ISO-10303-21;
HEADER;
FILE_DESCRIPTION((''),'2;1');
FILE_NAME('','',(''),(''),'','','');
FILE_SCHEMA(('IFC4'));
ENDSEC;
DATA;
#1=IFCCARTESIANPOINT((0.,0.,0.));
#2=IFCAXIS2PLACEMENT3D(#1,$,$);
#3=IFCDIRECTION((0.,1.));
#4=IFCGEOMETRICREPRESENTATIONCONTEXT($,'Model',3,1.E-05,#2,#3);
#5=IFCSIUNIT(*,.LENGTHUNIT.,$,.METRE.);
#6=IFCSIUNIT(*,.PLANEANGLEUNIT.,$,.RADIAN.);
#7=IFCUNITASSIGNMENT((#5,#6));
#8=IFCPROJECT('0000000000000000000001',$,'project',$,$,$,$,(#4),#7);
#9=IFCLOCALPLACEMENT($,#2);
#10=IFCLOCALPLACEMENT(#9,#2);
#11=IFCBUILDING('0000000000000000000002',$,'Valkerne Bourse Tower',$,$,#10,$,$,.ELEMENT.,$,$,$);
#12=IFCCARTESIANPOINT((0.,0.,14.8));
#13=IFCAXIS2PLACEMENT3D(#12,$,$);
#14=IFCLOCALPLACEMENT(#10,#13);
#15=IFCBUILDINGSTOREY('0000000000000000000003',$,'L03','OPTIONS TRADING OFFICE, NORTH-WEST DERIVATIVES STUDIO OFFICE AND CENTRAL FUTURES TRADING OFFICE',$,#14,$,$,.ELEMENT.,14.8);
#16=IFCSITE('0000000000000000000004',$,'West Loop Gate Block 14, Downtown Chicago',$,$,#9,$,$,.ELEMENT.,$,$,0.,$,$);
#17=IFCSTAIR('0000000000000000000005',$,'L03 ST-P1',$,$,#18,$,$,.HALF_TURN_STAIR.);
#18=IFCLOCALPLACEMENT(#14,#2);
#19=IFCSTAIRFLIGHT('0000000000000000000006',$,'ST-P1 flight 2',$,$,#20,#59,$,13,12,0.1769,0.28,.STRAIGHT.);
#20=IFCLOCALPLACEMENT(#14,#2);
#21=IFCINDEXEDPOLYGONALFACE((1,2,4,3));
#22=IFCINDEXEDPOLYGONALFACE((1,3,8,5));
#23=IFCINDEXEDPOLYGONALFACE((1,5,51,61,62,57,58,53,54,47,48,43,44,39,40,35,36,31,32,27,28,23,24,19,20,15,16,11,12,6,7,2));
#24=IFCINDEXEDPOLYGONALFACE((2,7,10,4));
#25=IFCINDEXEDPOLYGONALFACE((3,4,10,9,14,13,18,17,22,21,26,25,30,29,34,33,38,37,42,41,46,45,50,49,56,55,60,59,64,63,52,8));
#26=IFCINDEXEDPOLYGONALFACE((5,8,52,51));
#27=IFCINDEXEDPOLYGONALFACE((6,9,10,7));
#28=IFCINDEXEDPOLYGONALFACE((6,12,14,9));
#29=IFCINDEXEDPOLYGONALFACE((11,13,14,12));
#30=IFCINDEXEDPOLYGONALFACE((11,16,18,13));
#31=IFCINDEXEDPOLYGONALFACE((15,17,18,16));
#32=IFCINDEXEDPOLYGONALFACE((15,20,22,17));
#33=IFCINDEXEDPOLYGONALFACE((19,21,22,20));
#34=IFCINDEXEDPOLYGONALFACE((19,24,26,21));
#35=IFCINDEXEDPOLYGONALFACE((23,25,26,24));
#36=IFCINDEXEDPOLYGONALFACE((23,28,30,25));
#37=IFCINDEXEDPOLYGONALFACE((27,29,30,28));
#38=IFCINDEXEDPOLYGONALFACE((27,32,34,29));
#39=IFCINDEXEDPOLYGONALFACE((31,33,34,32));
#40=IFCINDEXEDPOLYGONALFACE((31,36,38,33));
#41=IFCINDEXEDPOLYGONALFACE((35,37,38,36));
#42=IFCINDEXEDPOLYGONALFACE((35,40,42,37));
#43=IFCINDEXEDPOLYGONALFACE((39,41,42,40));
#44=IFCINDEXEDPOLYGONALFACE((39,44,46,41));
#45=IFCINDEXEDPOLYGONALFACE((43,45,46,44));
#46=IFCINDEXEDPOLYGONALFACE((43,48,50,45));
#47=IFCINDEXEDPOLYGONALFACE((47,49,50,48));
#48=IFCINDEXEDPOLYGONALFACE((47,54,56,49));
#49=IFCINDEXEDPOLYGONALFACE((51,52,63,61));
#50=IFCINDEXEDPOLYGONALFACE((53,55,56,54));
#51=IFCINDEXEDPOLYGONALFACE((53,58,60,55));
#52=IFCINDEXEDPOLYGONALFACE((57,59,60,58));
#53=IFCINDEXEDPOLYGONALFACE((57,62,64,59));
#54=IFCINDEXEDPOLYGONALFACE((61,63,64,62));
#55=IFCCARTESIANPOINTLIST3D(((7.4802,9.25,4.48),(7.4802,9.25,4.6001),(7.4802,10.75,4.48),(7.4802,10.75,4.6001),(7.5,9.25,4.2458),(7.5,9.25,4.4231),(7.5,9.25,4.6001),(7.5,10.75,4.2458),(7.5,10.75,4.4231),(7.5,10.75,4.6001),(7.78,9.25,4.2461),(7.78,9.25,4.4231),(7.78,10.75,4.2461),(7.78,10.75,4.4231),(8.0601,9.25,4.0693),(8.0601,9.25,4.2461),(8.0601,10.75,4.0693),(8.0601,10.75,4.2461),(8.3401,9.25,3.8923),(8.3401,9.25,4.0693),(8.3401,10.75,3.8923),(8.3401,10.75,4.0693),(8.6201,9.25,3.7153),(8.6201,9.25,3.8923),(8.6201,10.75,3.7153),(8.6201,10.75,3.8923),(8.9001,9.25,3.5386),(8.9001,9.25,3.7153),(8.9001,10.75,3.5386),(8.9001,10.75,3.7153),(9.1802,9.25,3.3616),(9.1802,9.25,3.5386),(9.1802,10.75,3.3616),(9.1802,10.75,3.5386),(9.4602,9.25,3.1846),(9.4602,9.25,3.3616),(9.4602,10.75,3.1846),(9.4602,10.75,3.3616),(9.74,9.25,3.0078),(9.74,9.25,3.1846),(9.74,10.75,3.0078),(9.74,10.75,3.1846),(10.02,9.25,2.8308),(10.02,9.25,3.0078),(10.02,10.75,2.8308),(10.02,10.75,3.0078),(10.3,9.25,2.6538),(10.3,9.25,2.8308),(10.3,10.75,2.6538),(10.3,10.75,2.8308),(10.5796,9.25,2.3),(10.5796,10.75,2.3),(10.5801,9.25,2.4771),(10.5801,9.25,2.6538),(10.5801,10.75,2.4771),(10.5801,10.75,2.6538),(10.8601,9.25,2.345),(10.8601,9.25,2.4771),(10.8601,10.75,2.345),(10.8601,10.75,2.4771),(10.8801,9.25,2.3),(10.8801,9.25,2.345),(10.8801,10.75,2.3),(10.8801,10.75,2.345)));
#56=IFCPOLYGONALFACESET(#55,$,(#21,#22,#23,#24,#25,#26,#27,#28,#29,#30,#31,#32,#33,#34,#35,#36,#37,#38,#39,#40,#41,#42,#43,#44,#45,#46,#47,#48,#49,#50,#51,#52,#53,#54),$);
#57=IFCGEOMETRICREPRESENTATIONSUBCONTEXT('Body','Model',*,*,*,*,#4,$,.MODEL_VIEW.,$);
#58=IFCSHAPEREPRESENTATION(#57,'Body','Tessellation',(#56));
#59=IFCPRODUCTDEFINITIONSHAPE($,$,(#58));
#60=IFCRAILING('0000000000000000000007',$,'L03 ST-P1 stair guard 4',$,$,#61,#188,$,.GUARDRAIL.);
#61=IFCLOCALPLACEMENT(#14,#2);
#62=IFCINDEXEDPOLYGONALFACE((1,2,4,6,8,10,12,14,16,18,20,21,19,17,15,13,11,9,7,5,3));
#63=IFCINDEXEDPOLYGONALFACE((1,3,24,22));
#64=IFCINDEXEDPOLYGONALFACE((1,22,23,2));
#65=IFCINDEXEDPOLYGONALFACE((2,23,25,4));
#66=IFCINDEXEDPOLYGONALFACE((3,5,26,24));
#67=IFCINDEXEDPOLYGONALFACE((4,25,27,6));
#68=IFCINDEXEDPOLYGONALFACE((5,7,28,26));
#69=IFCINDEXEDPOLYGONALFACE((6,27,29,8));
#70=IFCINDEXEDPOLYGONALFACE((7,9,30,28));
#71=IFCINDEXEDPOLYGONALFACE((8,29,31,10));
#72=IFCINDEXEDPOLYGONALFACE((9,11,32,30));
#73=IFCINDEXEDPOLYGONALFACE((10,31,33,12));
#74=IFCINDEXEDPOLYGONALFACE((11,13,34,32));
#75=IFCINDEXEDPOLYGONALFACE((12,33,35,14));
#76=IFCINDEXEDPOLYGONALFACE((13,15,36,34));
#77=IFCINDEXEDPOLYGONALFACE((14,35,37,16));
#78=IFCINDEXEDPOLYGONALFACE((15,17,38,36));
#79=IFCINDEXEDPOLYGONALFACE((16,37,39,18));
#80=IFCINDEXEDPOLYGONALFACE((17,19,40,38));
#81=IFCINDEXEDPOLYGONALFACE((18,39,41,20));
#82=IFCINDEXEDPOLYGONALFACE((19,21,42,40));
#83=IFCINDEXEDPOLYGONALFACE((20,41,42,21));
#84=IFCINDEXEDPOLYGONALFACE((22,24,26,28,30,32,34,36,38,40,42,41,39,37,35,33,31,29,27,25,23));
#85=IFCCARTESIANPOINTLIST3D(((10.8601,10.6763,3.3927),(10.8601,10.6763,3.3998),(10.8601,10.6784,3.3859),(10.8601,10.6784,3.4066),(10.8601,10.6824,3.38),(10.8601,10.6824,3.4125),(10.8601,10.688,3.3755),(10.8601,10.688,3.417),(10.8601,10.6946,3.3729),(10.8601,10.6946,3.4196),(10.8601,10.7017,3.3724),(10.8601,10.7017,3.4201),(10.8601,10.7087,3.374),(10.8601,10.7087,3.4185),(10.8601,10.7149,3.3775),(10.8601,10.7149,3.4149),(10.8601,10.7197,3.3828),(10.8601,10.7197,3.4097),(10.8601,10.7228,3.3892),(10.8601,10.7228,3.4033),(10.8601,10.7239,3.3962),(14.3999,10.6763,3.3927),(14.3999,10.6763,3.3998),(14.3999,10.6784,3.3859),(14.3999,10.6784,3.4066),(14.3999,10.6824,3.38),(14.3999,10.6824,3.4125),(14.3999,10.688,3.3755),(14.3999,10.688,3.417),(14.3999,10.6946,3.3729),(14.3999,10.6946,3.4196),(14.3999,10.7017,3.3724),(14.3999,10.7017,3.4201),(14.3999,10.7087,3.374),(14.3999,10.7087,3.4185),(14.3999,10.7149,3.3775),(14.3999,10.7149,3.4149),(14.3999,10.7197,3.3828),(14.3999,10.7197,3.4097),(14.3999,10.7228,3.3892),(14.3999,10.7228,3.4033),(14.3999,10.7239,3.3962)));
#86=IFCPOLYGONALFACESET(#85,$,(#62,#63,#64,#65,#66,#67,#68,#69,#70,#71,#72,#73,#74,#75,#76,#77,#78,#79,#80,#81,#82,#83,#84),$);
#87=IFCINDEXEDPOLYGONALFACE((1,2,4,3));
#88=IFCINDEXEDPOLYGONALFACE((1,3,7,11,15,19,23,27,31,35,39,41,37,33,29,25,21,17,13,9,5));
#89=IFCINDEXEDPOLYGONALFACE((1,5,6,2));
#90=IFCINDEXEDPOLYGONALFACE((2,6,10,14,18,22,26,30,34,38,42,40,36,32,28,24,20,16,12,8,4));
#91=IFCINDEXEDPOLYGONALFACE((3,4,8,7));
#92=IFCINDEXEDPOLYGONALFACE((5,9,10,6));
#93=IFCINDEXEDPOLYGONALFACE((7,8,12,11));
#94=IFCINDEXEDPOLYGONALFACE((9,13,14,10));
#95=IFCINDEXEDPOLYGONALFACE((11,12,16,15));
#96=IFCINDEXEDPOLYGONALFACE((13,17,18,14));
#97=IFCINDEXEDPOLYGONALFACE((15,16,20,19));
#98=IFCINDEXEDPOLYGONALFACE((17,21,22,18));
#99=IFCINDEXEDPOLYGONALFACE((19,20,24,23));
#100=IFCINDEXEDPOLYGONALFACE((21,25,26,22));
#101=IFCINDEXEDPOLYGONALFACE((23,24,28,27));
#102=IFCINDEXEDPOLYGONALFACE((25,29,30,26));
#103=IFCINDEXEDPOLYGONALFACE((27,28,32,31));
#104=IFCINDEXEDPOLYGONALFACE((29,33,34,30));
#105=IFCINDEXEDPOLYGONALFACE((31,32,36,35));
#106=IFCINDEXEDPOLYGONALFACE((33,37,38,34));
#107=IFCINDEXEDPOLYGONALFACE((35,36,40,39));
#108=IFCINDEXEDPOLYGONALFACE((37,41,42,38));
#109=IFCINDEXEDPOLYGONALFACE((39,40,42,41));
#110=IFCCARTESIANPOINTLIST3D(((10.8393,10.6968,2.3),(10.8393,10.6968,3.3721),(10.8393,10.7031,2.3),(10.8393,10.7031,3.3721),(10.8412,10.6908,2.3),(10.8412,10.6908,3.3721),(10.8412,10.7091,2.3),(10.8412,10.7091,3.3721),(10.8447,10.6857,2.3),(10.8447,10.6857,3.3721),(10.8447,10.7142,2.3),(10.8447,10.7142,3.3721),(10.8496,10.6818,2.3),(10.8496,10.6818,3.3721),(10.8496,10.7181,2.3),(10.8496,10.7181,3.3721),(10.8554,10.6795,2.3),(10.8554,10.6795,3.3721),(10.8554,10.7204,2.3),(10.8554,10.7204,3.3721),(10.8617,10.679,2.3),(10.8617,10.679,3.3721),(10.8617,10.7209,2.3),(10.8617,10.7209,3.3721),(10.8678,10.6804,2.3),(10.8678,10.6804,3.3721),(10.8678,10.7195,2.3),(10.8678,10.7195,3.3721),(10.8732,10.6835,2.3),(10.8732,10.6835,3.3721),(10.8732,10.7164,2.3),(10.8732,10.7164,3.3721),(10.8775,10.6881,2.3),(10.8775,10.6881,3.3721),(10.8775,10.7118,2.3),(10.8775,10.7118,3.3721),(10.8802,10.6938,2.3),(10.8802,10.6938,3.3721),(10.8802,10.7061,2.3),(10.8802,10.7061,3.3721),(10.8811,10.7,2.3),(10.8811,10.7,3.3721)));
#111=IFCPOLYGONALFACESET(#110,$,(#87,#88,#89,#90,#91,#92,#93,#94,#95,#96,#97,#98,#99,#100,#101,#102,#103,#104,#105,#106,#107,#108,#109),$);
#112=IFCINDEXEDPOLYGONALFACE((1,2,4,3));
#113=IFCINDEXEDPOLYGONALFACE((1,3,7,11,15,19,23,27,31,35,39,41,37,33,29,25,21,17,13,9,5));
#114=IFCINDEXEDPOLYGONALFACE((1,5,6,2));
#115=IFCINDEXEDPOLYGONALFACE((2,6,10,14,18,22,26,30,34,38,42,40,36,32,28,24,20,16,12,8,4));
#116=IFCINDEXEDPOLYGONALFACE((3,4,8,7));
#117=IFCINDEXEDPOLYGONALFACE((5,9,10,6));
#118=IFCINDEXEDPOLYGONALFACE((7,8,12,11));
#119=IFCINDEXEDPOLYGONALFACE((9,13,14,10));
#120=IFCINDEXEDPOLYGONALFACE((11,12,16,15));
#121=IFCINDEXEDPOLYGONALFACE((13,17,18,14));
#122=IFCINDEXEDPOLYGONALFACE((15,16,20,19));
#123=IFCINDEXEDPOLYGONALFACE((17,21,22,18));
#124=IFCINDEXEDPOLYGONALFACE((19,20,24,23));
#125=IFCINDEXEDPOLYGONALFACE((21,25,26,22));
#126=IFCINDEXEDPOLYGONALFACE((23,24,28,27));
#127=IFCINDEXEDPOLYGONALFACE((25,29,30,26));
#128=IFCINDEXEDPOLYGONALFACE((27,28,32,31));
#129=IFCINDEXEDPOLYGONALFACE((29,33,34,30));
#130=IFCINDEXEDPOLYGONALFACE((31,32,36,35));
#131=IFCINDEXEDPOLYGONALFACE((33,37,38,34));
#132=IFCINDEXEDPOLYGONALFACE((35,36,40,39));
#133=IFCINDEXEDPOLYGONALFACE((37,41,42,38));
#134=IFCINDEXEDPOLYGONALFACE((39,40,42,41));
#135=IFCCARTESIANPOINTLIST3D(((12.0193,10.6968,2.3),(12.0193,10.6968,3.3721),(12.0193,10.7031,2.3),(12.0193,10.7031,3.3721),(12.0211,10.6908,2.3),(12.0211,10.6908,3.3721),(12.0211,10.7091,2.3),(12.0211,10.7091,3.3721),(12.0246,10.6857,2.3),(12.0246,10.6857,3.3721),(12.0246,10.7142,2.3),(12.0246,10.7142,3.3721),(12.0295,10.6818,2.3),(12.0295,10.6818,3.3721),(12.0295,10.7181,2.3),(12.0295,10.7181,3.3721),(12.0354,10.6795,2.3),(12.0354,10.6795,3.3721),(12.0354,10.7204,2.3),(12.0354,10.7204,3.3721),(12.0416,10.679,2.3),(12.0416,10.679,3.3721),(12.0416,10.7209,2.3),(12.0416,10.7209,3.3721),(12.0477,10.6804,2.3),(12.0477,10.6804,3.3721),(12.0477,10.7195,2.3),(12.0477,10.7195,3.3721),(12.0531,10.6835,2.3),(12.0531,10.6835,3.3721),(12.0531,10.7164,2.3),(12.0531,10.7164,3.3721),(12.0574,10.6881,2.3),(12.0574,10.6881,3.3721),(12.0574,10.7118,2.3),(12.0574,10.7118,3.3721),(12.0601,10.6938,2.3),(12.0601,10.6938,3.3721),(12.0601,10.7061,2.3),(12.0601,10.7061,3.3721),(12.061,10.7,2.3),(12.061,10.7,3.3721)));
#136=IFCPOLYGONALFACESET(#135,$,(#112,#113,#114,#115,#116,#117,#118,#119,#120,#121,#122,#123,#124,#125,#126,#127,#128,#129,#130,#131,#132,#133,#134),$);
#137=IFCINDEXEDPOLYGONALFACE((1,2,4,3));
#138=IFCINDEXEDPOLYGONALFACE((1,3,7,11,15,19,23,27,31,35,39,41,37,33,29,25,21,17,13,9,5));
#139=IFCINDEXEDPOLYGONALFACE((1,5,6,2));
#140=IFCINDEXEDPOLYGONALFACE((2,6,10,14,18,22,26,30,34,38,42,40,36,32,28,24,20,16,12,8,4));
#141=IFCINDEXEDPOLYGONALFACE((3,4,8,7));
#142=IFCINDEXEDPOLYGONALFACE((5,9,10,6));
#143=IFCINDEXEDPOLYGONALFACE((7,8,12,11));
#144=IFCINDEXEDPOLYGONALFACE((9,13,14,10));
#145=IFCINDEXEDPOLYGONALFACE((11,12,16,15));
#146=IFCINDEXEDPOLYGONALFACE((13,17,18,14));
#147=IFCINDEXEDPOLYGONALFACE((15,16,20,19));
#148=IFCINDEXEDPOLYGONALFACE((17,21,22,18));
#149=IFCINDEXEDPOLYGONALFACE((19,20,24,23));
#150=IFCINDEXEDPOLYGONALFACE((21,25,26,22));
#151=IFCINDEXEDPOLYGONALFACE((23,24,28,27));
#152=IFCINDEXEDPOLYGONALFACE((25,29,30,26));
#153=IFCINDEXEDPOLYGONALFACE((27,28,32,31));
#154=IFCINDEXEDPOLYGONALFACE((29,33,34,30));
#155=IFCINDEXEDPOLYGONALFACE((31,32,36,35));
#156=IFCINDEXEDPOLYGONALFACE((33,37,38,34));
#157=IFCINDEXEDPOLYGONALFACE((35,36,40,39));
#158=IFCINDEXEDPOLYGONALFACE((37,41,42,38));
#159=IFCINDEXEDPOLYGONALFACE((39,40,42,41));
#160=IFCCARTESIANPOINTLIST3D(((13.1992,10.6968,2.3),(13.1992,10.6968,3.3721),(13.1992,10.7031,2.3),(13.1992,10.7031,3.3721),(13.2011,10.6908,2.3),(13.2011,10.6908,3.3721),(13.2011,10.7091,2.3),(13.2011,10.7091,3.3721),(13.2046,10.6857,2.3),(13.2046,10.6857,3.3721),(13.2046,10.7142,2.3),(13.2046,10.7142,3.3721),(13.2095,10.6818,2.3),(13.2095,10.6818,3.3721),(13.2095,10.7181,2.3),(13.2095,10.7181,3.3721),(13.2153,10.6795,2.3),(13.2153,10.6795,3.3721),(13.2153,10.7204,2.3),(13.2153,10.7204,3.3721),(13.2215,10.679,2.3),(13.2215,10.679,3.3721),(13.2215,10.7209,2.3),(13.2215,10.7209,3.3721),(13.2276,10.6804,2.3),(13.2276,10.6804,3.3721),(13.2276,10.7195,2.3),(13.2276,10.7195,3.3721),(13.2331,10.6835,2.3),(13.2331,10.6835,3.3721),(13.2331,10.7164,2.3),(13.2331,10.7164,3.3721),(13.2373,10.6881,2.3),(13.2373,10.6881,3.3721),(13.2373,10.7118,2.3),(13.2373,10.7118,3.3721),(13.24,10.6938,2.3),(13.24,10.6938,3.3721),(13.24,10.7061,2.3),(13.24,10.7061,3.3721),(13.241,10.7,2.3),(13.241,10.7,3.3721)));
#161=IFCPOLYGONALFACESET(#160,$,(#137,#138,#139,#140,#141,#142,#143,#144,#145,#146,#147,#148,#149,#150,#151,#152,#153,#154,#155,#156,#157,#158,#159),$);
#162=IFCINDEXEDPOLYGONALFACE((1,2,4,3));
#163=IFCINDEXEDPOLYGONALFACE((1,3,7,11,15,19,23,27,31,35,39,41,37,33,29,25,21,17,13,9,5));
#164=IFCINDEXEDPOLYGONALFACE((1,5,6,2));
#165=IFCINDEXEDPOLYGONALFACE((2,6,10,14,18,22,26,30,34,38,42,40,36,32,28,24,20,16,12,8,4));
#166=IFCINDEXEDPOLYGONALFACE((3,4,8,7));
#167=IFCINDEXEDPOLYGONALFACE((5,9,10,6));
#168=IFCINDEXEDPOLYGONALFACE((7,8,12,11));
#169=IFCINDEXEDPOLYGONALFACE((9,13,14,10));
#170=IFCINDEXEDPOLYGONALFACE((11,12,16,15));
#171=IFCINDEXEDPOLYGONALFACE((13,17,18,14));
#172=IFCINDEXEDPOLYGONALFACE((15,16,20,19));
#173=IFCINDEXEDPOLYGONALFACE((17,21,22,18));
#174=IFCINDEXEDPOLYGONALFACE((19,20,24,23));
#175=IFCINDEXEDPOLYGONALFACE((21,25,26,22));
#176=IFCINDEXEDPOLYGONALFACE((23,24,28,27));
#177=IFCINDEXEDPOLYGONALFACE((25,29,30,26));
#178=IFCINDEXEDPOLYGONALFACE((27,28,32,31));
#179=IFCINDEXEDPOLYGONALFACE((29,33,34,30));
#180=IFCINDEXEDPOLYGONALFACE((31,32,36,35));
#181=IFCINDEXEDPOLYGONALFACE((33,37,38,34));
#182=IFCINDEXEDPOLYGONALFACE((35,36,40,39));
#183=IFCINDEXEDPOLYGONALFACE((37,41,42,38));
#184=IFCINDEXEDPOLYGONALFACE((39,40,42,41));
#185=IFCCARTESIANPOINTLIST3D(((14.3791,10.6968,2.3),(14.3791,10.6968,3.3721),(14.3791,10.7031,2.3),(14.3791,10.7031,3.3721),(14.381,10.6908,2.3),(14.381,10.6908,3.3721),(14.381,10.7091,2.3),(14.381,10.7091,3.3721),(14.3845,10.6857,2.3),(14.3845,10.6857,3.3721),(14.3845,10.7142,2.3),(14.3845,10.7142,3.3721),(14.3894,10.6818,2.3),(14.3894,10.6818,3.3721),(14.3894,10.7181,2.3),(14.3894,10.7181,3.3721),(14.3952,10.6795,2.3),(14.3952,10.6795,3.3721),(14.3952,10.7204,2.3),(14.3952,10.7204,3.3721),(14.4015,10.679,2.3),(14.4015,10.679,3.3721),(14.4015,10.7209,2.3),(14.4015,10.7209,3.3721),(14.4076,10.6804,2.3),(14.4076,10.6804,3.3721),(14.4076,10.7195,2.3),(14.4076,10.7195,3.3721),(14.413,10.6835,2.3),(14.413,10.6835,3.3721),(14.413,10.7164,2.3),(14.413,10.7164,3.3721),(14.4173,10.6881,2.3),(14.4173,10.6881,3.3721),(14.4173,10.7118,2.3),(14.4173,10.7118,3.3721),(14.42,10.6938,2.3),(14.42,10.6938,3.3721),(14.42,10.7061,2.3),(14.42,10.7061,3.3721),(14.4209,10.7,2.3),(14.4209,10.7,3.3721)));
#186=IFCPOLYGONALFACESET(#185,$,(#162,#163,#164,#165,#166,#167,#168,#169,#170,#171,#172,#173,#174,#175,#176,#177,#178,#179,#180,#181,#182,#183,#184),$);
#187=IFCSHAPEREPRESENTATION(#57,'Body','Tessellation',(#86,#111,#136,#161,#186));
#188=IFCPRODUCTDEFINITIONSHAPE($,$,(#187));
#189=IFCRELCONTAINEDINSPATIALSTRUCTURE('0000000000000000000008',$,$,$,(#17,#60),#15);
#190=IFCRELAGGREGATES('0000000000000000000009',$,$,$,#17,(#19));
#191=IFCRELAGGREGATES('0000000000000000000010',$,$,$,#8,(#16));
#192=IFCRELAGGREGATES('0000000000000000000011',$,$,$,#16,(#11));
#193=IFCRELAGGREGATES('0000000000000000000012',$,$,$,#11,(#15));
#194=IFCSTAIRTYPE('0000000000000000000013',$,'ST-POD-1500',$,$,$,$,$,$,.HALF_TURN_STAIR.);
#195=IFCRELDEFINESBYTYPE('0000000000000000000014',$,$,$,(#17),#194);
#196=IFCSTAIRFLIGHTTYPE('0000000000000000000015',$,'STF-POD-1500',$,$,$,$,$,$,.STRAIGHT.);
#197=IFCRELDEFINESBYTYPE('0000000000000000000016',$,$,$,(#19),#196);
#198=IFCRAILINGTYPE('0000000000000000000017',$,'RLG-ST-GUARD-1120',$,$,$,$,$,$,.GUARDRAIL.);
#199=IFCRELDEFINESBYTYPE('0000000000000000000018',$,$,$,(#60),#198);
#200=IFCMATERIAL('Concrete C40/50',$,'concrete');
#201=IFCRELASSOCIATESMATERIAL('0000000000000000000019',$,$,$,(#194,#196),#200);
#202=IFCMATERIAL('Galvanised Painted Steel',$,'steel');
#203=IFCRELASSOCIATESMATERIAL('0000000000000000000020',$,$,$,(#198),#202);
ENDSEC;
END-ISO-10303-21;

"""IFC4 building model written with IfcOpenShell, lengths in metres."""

from ifc_helpers import new_model, si_unit, direction, frame, origin, origin_2d, place, context, subcontext, project, spatial, polyline, circle, outline, extrude, material, type_object, element, aggregate, save


model = new_model("IFC4")

# Units and contexts
model_context = context("Model", 3, precision=1e-05, world=origin(), true_north=direction((0.0, 1.0)))
body_context = subcontext(model_context, "Body", "Model", "MODEL_VIEW")
ifc_project = project(units=[si_unit("LENGTHUNIT", "METRE"), si_unit("PLANEANGLEUNIT", "RADIAN")], contexts=[model_context])

# Site, building, storey
site_placement = place(None, origin())
site = spatial("IfcSite", under=ifc_project, at=site_placement, Name="West Loop Gate Block 14, Downtown Chicago", CompositionType="ELEMENT", RefElevation=0.0)
building_placement = place(site_placement, origin())
building = spatial("IfcBuilding", under=site, at=building_placement, Name="Valkerne Bourse Tower", CompositionType="ELEMENT")
storey_placement = place(building_placement, frame((0.0, 0.0, 14.8)))
storey = spatial("IfcBuildingStorey", under=building, at=storey_placement, Name="L03", Description="OPTIONS TRADING OFFICE, NORTH-WEST DERIVATIVES STUDIO OFFICE AND CENTRAL FUTURES TRADING OFFICE", CompositionType="ELEMENT", Elevation=14.8)

# Shared definitions
ifc_material_1 = material(Name="Galvanised Painted Steel", Category="steel")
ifc_material_2 = material(Name="Concrete C40/50", Category="concrete")

# Stair, stair flight
stair_type = type_object("IfcStairType", Name="ST-POD-1500", PredefinedType="HALF_TURN_STAIR", material=ifc_material_2)
stair_placement = place(storey_placement, origin())
stair = element("IfcStair", 1, at=stair_placement, inside=storey, type_object=stair_type, Name="L03 ST-P1", PredefinedType="HALF_TURN_STAIR")
stair_flight_type = type_object("IfcStairFlightType", Name="STF-POD-1500", PredefinedType="STRAIGHT", material=ifc_material_2)
stair_flight_placement = place(storey_placement, frame((10.8601, 10.0, 2.3), z_axis=(0.0, 0.0, 1.0), x_axis=(-1.0, 0.0, 0.0)))
stair_flight = element("IfcStairFlight", 2, at=stair_flight_placement, type_object=stair_flight_type, Name="ST-P1 flight 2", NumberOfRisers=13, NumberOfTreads=12, PredefinedType="STRAIGHT", RiserHeight=0.1769, TreadLength=0.28, context=body_context, shape_type="SweptSolid", body=[
    extrude(outline(polyline([(-0.02, 0.0), (-0.02, 0.0449), (0.0, 0.0449), (0.0, 0.177), (0.28, 0.177), (0.28, 0.3538), (0.5601, 0.3538), (0.5601, 0.5308), (0.8401, 0.5308), (0.8401, 0.7078), (1.1201, 0.7078), (1.1201, 0.8845), (1.3999, 0.8845), (1.3999, 1.0615), (1.6799, 1.0615), (1.6799, 1.2385), (1.96, 1.2385), (1.96, 1.4153), (2.24, 1.4153), (2.24, 1.5923), (2.52, 1.5923), (2.52, 1.7693), (2.8, 1.7693), (2.8, 1.946), (3.0801, 1.946), (3.0801, 2.123), (3.3601, 2.123), (3.3601, 2.3), (3.3799, 2.3), (3.3799, 2.1799), (3.3601, 1.9458), (0.2805, 0.0), (-0.02, 0.0)])), frame((0.0, 0.75, 0.0), z_axis=(0.0, -1.0, 0.0), x_axis=(1.0, 0.0, 0.0)), (0.0, 0.0, 1.0), 1.5),
])
aggregate(stair, [stair_flight])

# Railing
railing_type_1 = type_object("IfcRailingType", Name="RLG-ST-GUARD-1120", PredefinedType="GUARDRAIL", material=ifc_material_1)
railing_1_placement = place(storey_placement, frame((10.8601, 10.7, 2.3)))
element("IfcRailing", 3, at=railing_1_placement, inside=storey, type_object=railing_type_1, Name="L03 ST-P1 stair guard 4", PredefinedType="GUARDRAIL", context=body_context, shape_type="SweptSolid", body=[
    extrude(circle(Radius=0.0239, at=origin_2d()), frame((0.0, 0.0, 1.0962), z_axis=(1.0, 0.0, 0.0), x_axis=(0.0, 1.0, 0.0)), (0.0, 0.0, 1.0), 3.5398),
    extrude(circle(Radius=0.021, at=origin_2d()), origin(), (0.0, 0.0, 1.0), 1.072),
    extrude(circle(Radius=0.021, at=origin_2d()), frame((1.1799, 0.0, 0.0)), (0.0, 0.0, 1.0), 1.072),
    extrude(circle(Radius=0.021, at=origin_2d()), frame((2.3599, 0.0, 0.0)), (0.0, 0.0, 1.0), 1.072),
    extrude(circle(Radius=0.021, at=origin_2d()), frame((3.5398, 0.0, 0.0)), (0.0, 0.0, 1.0), 1.072),
])

save(model, "model.ifc")
